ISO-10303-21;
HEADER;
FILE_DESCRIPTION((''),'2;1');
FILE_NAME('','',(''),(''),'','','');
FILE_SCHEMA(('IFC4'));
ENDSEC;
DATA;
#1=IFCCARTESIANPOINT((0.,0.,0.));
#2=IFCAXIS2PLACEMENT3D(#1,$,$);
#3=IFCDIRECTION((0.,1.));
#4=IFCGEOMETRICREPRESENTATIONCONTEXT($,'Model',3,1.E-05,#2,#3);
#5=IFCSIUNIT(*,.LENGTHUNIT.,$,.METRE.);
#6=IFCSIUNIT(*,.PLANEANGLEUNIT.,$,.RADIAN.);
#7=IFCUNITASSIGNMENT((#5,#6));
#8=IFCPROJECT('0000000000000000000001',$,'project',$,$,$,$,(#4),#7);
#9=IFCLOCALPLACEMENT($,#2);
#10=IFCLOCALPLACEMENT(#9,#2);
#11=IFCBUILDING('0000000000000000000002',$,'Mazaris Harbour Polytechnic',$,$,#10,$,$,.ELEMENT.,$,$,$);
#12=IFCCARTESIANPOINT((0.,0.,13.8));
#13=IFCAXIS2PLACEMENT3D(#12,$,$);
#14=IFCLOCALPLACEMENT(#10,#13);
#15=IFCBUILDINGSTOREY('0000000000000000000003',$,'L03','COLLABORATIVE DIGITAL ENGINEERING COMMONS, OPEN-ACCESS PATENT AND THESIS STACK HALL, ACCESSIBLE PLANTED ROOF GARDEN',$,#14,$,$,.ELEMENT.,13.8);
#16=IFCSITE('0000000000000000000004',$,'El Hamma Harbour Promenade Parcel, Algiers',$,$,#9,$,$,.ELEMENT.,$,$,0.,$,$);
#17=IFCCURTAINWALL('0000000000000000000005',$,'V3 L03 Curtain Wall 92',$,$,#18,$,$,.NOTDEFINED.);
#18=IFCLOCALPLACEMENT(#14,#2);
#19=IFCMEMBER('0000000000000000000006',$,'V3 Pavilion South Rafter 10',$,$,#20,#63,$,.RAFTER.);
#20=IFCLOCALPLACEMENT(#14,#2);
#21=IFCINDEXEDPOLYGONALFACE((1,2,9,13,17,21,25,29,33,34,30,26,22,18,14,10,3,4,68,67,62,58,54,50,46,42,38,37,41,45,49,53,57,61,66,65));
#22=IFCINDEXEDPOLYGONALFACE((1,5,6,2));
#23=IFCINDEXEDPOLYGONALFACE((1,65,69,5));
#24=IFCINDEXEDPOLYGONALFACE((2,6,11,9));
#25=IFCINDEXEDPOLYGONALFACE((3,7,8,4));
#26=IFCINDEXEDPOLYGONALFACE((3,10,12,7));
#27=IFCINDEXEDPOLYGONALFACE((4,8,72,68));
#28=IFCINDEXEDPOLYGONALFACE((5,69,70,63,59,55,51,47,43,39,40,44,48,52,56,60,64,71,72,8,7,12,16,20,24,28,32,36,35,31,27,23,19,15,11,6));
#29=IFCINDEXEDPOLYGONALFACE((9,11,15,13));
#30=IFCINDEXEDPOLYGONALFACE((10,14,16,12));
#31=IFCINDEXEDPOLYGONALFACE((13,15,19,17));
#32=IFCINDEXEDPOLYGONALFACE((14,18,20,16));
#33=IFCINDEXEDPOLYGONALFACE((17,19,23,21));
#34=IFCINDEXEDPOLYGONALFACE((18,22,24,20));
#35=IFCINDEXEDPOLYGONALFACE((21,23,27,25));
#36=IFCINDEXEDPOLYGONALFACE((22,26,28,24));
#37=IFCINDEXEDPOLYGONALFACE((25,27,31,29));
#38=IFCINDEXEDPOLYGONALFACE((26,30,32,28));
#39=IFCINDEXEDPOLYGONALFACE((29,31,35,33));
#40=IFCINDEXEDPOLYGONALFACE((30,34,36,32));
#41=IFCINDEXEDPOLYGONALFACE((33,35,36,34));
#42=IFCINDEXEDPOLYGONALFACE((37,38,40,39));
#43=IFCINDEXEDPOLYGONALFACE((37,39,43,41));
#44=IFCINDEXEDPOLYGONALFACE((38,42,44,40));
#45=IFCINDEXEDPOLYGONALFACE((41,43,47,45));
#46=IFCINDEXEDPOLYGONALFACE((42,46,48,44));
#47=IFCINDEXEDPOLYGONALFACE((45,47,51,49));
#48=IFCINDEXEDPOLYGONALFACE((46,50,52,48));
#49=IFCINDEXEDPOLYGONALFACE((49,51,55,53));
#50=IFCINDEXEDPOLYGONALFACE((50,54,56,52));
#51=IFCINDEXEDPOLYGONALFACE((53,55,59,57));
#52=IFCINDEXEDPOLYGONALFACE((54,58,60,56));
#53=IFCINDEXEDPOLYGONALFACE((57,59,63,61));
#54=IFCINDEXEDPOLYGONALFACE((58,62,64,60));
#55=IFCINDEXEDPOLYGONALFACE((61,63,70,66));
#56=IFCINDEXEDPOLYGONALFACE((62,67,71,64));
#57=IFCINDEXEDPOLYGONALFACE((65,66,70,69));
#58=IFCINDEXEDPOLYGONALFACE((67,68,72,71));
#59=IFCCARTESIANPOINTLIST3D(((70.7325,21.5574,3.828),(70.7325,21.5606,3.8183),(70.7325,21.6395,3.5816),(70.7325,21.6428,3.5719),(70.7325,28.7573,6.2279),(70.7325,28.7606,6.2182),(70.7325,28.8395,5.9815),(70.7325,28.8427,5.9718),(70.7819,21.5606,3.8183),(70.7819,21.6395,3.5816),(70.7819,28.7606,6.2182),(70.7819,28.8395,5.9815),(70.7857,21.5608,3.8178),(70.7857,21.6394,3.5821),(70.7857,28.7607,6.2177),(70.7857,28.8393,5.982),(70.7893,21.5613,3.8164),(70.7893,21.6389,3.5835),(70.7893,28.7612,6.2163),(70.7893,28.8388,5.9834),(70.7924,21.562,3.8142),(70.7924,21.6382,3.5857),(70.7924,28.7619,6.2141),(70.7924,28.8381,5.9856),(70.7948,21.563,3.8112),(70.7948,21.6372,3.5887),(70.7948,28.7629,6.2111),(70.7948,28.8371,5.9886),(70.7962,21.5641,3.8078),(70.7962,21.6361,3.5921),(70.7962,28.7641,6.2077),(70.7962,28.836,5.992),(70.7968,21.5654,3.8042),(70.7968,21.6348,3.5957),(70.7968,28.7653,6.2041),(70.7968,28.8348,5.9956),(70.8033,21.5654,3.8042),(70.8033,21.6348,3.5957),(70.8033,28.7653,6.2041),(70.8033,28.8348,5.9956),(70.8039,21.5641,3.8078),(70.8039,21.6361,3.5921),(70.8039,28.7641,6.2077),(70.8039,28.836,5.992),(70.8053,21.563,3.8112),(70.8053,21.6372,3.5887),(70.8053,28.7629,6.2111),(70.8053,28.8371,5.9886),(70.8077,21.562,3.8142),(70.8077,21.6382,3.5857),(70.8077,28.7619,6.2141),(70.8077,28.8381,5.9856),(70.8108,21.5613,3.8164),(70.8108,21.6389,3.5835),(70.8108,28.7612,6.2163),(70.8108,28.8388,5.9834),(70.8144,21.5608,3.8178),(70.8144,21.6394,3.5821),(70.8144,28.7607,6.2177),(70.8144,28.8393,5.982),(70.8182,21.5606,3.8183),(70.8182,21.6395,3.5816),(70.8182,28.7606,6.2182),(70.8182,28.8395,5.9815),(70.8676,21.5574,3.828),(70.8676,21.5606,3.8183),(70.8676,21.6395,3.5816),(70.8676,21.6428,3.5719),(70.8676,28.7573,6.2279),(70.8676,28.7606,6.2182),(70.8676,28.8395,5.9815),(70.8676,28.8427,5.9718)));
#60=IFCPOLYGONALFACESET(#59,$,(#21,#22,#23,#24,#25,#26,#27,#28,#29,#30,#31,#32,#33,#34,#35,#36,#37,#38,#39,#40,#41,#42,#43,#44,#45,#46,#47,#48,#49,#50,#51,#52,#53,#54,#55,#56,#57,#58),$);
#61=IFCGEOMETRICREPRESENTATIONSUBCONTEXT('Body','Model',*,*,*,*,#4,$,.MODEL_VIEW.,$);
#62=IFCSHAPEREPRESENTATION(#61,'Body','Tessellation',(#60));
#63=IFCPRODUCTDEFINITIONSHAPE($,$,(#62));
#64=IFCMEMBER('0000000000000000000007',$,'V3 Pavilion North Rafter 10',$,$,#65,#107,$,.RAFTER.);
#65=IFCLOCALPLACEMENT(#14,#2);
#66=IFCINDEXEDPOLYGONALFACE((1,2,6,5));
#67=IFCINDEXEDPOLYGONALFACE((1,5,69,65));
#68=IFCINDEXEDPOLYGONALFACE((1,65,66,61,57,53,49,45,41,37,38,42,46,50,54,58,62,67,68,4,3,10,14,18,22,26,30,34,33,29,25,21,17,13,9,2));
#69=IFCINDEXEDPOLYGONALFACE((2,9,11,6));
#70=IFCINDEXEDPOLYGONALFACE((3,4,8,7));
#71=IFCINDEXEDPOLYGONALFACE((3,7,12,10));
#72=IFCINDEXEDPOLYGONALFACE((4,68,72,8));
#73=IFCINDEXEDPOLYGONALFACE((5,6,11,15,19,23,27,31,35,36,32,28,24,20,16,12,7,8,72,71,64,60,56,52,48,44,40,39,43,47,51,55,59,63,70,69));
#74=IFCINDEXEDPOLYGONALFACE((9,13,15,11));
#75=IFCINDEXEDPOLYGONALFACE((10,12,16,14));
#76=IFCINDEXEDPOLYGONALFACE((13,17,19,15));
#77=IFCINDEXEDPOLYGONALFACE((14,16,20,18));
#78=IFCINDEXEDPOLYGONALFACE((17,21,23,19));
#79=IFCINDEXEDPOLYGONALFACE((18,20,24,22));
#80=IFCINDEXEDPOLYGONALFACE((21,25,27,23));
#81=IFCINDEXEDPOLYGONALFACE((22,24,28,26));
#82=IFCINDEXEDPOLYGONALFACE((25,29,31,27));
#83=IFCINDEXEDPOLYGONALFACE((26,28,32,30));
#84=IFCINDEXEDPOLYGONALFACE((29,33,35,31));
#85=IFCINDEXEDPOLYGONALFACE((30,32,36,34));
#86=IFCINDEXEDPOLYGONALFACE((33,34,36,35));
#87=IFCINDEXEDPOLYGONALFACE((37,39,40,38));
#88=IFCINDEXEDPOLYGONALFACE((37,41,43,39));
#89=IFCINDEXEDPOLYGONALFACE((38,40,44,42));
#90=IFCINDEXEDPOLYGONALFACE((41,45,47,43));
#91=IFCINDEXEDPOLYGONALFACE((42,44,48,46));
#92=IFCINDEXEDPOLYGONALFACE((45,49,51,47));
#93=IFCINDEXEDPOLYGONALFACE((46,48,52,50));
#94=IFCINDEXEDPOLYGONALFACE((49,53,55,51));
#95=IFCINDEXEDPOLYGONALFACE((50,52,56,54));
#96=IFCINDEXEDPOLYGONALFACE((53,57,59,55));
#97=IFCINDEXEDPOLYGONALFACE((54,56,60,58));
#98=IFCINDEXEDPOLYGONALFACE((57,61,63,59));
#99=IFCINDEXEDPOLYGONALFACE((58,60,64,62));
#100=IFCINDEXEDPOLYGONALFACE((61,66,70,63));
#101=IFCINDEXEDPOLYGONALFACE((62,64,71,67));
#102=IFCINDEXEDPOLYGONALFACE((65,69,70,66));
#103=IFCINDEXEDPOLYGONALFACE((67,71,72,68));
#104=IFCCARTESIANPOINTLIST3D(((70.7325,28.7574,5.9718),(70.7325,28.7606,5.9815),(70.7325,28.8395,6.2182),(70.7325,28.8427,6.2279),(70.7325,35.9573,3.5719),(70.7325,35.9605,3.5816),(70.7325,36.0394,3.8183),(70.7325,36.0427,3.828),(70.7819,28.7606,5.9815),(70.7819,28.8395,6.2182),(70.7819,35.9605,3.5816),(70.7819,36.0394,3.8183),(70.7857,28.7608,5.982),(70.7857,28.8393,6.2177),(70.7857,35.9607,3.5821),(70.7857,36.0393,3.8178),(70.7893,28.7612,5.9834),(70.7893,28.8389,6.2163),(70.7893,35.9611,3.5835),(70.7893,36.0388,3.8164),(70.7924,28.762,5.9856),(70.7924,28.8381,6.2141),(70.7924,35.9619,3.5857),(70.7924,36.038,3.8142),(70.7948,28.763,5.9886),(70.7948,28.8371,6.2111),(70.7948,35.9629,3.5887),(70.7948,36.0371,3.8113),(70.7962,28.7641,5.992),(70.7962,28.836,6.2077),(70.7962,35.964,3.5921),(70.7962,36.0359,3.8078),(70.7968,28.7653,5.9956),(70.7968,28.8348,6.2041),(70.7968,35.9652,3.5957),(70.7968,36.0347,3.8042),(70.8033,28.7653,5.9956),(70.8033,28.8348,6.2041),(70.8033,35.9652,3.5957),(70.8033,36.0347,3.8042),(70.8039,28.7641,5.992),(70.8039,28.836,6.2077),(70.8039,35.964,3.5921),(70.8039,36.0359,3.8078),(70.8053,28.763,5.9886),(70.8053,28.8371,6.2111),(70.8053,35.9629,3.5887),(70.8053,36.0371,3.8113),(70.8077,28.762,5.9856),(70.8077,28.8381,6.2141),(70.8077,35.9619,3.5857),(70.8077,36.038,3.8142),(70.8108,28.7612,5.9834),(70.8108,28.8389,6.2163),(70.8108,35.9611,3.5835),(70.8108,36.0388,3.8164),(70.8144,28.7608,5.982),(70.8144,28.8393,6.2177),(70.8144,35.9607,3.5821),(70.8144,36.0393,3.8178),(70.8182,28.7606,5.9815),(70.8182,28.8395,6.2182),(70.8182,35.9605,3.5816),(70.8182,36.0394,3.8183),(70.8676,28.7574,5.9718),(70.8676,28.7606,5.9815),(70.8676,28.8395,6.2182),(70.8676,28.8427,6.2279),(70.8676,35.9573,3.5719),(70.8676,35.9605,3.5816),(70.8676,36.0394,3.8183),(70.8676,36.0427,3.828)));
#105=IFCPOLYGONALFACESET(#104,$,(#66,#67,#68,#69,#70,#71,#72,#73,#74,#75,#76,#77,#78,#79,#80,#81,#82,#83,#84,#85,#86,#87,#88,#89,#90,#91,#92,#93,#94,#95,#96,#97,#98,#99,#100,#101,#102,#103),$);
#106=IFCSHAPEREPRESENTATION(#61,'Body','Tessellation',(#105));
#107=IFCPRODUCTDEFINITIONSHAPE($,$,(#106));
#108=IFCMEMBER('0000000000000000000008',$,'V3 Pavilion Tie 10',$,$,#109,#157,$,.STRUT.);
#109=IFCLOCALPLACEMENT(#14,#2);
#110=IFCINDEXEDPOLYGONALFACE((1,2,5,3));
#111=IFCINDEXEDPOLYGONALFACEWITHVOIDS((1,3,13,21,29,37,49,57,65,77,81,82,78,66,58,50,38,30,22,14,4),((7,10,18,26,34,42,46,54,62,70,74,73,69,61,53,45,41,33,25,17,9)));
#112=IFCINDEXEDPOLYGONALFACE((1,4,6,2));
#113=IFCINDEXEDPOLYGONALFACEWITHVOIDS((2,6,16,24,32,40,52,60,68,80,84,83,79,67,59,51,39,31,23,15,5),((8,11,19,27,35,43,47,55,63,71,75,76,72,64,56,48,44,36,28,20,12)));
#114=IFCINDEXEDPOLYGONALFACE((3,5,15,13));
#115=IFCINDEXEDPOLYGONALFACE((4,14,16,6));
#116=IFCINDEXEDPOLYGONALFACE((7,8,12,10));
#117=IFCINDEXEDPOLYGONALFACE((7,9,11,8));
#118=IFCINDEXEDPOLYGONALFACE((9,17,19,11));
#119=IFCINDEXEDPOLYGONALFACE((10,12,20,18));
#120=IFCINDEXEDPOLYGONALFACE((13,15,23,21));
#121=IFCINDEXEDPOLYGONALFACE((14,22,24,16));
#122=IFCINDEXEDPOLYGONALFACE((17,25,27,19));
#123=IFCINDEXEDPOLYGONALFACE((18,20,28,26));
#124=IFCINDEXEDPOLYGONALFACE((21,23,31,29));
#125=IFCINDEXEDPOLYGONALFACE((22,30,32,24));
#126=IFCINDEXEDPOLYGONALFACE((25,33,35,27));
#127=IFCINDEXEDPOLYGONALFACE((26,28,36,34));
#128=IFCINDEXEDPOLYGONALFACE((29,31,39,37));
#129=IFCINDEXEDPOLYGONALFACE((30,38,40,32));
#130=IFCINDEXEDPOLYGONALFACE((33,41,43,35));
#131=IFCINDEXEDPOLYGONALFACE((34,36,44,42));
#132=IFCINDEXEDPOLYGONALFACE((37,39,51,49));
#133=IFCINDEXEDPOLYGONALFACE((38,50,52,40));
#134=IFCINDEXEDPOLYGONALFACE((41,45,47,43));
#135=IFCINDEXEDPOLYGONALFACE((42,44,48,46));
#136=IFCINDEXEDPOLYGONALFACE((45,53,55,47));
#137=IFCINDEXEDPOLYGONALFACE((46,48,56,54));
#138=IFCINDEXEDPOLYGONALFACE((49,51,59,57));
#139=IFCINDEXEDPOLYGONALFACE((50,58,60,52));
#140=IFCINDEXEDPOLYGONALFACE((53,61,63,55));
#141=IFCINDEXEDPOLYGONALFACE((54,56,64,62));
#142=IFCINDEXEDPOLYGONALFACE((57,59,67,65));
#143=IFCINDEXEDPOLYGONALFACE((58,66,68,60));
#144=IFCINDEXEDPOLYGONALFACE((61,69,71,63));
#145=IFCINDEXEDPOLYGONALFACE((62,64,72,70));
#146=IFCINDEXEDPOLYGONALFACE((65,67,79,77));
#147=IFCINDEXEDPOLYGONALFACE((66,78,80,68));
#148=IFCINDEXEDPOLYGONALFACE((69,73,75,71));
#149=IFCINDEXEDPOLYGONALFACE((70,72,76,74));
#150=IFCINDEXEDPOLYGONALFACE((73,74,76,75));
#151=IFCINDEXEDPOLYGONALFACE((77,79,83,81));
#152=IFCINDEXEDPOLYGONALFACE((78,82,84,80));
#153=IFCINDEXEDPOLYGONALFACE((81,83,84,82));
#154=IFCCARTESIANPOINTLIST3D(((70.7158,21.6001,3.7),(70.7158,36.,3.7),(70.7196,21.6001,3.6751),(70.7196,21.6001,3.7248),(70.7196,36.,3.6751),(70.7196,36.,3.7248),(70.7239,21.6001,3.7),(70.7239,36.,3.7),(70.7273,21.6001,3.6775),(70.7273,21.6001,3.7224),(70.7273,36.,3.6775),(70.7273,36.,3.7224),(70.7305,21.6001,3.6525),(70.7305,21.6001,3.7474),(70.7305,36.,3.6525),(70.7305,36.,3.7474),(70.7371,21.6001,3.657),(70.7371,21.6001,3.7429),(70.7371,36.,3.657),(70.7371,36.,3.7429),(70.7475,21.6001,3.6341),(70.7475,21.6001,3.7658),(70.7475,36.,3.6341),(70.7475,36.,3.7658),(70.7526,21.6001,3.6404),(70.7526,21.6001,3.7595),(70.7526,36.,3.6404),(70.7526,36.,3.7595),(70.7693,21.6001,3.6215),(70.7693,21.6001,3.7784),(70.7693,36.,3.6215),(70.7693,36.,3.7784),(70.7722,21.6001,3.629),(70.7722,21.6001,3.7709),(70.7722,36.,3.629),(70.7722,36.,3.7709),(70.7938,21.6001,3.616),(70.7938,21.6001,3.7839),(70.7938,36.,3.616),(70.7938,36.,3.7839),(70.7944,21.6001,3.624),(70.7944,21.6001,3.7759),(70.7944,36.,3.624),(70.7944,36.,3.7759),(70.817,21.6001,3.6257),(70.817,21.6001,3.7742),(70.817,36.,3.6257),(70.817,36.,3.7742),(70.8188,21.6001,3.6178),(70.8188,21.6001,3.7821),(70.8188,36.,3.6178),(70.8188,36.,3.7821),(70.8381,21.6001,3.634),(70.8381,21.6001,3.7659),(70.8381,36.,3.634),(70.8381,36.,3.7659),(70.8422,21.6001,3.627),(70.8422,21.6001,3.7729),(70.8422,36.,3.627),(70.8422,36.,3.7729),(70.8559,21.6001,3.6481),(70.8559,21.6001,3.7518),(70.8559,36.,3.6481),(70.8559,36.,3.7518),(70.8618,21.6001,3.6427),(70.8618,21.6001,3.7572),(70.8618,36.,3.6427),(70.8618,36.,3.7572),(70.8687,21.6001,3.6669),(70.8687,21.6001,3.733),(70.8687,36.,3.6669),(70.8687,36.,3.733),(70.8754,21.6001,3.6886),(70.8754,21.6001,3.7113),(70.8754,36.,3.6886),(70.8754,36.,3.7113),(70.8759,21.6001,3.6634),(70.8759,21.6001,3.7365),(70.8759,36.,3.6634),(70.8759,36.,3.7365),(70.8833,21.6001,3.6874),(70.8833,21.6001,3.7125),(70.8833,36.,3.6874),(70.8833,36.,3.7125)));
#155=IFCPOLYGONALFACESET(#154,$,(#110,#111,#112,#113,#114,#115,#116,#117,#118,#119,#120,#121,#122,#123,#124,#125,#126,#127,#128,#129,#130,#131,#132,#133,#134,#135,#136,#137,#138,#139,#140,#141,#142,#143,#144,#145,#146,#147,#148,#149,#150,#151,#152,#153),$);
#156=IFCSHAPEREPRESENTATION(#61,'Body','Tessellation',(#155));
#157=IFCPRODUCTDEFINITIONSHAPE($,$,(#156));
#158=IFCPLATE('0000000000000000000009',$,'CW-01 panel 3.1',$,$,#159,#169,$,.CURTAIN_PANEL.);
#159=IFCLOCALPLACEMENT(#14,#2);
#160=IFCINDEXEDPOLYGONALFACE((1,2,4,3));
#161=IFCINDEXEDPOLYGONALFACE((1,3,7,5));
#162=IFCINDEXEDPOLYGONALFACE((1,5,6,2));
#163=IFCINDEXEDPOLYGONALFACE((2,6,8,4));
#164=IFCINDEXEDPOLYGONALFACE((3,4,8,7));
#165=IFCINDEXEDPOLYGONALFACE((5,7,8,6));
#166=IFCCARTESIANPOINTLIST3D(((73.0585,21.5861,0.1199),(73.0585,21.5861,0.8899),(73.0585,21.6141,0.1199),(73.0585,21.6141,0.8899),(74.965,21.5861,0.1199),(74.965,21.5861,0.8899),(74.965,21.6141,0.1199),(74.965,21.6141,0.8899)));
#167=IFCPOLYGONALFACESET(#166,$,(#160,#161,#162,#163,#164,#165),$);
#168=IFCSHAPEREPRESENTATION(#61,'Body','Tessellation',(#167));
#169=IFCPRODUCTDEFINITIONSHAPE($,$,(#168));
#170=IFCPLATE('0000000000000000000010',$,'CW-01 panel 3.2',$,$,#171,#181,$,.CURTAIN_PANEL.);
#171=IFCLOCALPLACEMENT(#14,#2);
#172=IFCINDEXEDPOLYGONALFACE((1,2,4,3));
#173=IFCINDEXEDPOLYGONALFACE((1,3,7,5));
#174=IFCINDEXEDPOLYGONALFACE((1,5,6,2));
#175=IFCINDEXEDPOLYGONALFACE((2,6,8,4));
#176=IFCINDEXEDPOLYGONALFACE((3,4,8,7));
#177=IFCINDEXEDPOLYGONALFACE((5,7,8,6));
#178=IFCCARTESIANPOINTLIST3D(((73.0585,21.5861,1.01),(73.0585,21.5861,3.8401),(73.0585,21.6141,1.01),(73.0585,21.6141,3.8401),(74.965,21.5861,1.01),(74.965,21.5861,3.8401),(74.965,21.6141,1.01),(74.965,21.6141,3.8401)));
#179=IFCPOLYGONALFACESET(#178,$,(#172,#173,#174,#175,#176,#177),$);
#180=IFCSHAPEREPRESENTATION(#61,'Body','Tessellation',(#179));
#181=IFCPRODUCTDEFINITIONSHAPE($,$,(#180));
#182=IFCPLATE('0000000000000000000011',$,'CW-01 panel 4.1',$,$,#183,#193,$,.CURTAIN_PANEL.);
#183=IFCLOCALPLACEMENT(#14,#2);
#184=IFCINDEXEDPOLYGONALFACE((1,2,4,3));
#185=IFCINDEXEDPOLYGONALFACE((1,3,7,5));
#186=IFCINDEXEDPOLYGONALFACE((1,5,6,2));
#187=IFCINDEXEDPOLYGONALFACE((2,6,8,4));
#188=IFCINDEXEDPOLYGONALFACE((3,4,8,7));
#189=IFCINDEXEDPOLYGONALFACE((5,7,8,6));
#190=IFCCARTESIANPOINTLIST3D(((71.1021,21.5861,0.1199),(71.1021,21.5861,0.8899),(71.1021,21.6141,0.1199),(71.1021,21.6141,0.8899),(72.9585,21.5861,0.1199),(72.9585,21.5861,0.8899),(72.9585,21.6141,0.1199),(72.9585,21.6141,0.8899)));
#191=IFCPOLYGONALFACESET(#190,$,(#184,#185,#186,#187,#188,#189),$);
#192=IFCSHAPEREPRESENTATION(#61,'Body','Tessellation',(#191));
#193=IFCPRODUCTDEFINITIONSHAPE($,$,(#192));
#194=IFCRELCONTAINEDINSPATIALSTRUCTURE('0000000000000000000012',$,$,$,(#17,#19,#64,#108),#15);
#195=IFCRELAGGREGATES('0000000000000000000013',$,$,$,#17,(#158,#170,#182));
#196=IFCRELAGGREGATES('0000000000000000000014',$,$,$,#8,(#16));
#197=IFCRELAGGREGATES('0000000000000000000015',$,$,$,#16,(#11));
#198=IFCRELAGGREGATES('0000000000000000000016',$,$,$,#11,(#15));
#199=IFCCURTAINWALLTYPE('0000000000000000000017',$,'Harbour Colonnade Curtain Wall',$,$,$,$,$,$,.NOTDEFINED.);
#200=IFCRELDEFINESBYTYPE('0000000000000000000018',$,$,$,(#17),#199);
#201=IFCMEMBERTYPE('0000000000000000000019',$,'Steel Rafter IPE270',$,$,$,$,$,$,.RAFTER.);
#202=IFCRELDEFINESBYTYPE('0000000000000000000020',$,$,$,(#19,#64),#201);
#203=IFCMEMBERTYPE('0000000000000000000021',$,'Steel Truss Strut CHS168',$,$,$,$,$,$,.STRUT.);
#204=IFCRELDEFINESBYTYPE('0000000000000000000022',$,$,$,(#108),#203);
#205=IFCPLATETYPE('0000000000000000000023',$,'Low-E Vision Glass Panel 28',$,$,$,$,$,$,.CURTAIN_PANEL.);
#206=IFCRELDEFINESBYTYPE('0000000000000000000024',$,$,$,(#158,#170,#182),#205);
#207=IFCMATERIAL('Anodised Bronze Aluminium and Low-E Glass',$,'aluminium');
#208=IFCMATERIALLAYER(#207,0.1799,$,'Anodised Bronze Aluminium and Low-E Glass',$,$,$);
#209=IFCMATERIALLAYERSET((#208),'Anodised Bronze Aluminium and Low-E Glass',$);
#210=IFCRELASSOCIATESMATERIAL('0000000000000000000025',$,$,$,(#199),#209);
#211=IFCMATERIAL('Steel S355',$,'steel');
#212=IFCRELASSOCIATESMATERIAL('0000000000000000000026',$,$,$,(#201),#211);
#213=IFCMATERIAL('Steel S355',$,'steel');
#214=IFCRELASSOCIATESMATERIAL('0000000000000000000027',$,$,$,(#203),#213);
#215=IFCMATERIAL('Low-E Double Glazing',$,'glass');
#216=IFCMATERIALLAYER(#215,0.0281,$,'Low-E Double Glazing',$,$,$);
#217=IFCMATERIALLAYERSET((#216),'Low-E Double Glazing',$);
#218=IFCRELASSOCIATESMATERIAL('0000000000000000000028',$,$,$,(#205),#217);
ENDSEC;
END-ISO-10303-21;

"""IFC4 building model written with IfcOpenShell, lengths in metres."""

from ifc_helpers import new_model, si_unit, direction, frame, origin, origin_2d, place, context, subcontext, project, spatial, rectangle, hollow_circle, i_section, extrude, material, layer, layer_set, material_profile, profile_set, type_object, element, aggregate, save


model = new_model("IFC4")

# Units and contexts
model_context = context("Model", 3, precision=1e-05, world=origin(), true_north=direction((0.0, 1.0)))
body_context = subcontext(model_context, "Body", "Model", "MODEL_VIEW")
ifc_project = project(units=[si_unit("LENGTHUNIT", "METRE"), si_unit("PLANEANGLEUNIT", "RADIAN")], contexts=[model_context])

# Site, building, storey
site_placement = place(None, origin())
site = spatial("IfcSite", under=ifc_project, at=site_placement, Name="El Hamma Harbour Promenade Parcel, Algiers", CompositionType="ELEMENT", RefElevation=0.0)
building_placement = place(site_placement, origin())
building = spatial("IfcBuilding", under=site, at=building_placement, Name="Mazaris Harbour Polytechnic", CompositionType="ELEMENT")
storey_placement = place(building_placement, frame((0.0, 0.0, 13.8)))
storey = spatial("IfcBuildingStorey", under=building, at=storey_placement, Name="L03", Description="COLLABORATIVE DIGITAL ENGINEERING COMMONS, OPEN-ACCESS PATENT AND THESIS STACK HALL, ACCESSIBLE PLANTED ROOF GARDEN", CompositionType="ELEMENT", Elevation=13.8)

# Curtain wall
ifc_material_1 = material(Name="Anodised Bronze Aluminium and Low-E Glass", Category="aluminium")
ifc_layer_1 = layer(ifc_material_1, 0.1799, Name="Anodised Bronze Aluminium and Low-E Glass")
ifc_layer_set_1 = layer_set([ifc_layer_1], Name="Anodised Bronze Aluminium and Low-E Glass")
curtain_wall_type = type_object("IfcCurtainWallType", Name="Harbour Colonnade Curtain Wall", PredefinedType="NOTDEFINED", material=ifc_layer_set_1)
curtain_wall_placement = place(storey_placement, origin())
curtain_wall = element("IfcCurtainWall", 1, at=curtain_wall_placement, inside=storey, type_object=curtain_wall_type, Name="V3 L03 Curtain Wall 92", PredefinedType="NOTDEFINED")

# Members
ifc_material_2 = material(Name="Steel S355", Category="steel")
ifc_material_profile_1 = material_profile(ifc_material_2, i_section(OverallWidth=0.135, OverallDepth=0.27, WebThickness=0.0066, FlangeThickness=0.0103, FilletRadius=0.0149, at=origin_2d()), Name="IPE 270")
ifc_profile_set_1 = profile_set([ifc_material_profile_1], Name="Steel S355")
member_type_1 = type_object("IfcMemberType", Name="Steel Rafter IPE270", PredefinedType="RAFTER", material=ifc_profile_set_1)
for number, where, z_axis, x_axis, name in (
    (2, (70.8, 21.6001, 3.7), (0.0, 0.948687, 0.316218), (-1.0, 0.0, 0.0), "V3 Pavilion South Rafter 10"),
    (3, (70.8, 28.8, 6.0999), (0.0, 0.948687, -0.316218), (-1.0, 0.0, 0.0), "V3 Pavilion North Rafter 10"),
):
    element("IfcMember", number, at=place(storey_placement, frame(where, z_axis=z_axis, x_axis=x_axis)), inside=storey, type_object=member_type_1, Name=name, PredefinedType="RAFTER", context=body_context, shape_type="SweptSolid", body=[
        extrude(i_section(OverallWidth=0.135, OverallDepth=0.27, WebThickness=0.0066, FlangeThickness=0.0103, FilletRadius=0.0149, at=origin_2d()), origin(), (0.0, 0.0, 1.0), 7.5894),
    ])
ifc_material_3 = material(Name="Steel S355", Category="steel")
ifc_material_profile_2 = material_profile(ifc_material_3, hollow_circle(Radius=0.0842, WallThickness=0.0081, at=origin_2d()), Name="CHS 168.3x8.0")
ifc_profile_set_2 = profile_set([ifc_material_profile_2], Name="Steel S355")
member_type_2 = type_object("IfcMemberType", Name="Steel Truss Strut CHS168", PredefinedType="STRUT", material=ifc_profile_set_2)
member_1_placement = place(storey_placement, frame((70.8, 21.6001, 3.7), z_axis=(0.0, 1.0, 0.0), x_axis=(-1.0, 0.0, 0.0)))
element("IfcMember", 4, at=member_1_placement, inside=storey, type_object=member_type_2, Name="V3 Pavilion Tie 10", PredefinedType="STRUT", context=body_context, shape_type="SweptSolid", body=[
    extrude(hollow_circle(Radius=0.0842, WallThickness=0.0081, at=origin_2d()), origin(), (0.0, 0.0, 1.0), 14.3999),
])

# Plates
ifc_material_4 = material(Name="Low-E Double Glazing", Category="glass")
ifc_layer_2 = layer(ifc_material_4, 0.0281, Name="Low-E Double Glazing")
ifc_layer_set_2 = layer_set([ifc_layer_2], Name="Low-E Double Glazing")
plate_type = type_object("IfcPlateType", Name="Low-E Vision Glass Panel 28", PredefinedType="CURTAIN_PANEL", material=ifc_layer_set_2)
plate_1_placement = place(storey_placement, frame((74.0117, 21.6001, 0.1199), z_axis=(0.0, 0.0, 1.0), x_axis=(-1.0, 0.0, 0.0)))
plate_1 = element("IfcPlate", 5, at=plate_1_placement, type_object=plate_type, Name="CW-01 panel 3.1", PredefinedType="CURTAIN_PANEL", context=body_context, shape_type="SweptSolid", body=[
    extrude(rectangle(XDim=1.9065, YDim=0.0281, at=origin_2d()), origin(), (0.0, 0.0, 1.0), 0.77),
])
plate_2_placement = place(storey_placement, frame((74.0117, 21.6001, 1.01), z_axis=(0.0, 0.0, 1.0), x_axis=(-1.0, 0.0, 0.0)))
plate_2 = element("IfcPlate", 6, at=plate_2_placement, type_object=plate_type, Name="CW-01 panel 3.2", PredefinedType="CURTAIN_PANEL", context=body_context, shape_type="SweptSolid", body=[
    extrude(rectangle(XDim=1.9065, YDim=0.0281, at=origin_2d()), origin(), (0.0, 0.0, 1.0), 2.8301),
])
plate_3_placement = place(storey_placement, frame((72.0303, 21.6001, 0.1199), z_axis=(0.0, 0.0, 1.0), x_axis=(-1.0, 0.0, 0.0)))
plate_3 = element("IfcPlate", 7, at=plate_3_placement, type_object=plate_type, Name="CW-01 panel 4.1", PredefinedType="CURTAIN_PANEL", context=body_context, shape_type="SweptSolid", body=[
    extrude(rectangle(XDim=1.8564, YDim=0.0281, at=origin_2d()), origin(), (0.0, 0.0, 1.0), 0.77),
])
aggregate(curtain_wall, [plate_1, plate_2, plate_3])

save(model, "model.ifc")
